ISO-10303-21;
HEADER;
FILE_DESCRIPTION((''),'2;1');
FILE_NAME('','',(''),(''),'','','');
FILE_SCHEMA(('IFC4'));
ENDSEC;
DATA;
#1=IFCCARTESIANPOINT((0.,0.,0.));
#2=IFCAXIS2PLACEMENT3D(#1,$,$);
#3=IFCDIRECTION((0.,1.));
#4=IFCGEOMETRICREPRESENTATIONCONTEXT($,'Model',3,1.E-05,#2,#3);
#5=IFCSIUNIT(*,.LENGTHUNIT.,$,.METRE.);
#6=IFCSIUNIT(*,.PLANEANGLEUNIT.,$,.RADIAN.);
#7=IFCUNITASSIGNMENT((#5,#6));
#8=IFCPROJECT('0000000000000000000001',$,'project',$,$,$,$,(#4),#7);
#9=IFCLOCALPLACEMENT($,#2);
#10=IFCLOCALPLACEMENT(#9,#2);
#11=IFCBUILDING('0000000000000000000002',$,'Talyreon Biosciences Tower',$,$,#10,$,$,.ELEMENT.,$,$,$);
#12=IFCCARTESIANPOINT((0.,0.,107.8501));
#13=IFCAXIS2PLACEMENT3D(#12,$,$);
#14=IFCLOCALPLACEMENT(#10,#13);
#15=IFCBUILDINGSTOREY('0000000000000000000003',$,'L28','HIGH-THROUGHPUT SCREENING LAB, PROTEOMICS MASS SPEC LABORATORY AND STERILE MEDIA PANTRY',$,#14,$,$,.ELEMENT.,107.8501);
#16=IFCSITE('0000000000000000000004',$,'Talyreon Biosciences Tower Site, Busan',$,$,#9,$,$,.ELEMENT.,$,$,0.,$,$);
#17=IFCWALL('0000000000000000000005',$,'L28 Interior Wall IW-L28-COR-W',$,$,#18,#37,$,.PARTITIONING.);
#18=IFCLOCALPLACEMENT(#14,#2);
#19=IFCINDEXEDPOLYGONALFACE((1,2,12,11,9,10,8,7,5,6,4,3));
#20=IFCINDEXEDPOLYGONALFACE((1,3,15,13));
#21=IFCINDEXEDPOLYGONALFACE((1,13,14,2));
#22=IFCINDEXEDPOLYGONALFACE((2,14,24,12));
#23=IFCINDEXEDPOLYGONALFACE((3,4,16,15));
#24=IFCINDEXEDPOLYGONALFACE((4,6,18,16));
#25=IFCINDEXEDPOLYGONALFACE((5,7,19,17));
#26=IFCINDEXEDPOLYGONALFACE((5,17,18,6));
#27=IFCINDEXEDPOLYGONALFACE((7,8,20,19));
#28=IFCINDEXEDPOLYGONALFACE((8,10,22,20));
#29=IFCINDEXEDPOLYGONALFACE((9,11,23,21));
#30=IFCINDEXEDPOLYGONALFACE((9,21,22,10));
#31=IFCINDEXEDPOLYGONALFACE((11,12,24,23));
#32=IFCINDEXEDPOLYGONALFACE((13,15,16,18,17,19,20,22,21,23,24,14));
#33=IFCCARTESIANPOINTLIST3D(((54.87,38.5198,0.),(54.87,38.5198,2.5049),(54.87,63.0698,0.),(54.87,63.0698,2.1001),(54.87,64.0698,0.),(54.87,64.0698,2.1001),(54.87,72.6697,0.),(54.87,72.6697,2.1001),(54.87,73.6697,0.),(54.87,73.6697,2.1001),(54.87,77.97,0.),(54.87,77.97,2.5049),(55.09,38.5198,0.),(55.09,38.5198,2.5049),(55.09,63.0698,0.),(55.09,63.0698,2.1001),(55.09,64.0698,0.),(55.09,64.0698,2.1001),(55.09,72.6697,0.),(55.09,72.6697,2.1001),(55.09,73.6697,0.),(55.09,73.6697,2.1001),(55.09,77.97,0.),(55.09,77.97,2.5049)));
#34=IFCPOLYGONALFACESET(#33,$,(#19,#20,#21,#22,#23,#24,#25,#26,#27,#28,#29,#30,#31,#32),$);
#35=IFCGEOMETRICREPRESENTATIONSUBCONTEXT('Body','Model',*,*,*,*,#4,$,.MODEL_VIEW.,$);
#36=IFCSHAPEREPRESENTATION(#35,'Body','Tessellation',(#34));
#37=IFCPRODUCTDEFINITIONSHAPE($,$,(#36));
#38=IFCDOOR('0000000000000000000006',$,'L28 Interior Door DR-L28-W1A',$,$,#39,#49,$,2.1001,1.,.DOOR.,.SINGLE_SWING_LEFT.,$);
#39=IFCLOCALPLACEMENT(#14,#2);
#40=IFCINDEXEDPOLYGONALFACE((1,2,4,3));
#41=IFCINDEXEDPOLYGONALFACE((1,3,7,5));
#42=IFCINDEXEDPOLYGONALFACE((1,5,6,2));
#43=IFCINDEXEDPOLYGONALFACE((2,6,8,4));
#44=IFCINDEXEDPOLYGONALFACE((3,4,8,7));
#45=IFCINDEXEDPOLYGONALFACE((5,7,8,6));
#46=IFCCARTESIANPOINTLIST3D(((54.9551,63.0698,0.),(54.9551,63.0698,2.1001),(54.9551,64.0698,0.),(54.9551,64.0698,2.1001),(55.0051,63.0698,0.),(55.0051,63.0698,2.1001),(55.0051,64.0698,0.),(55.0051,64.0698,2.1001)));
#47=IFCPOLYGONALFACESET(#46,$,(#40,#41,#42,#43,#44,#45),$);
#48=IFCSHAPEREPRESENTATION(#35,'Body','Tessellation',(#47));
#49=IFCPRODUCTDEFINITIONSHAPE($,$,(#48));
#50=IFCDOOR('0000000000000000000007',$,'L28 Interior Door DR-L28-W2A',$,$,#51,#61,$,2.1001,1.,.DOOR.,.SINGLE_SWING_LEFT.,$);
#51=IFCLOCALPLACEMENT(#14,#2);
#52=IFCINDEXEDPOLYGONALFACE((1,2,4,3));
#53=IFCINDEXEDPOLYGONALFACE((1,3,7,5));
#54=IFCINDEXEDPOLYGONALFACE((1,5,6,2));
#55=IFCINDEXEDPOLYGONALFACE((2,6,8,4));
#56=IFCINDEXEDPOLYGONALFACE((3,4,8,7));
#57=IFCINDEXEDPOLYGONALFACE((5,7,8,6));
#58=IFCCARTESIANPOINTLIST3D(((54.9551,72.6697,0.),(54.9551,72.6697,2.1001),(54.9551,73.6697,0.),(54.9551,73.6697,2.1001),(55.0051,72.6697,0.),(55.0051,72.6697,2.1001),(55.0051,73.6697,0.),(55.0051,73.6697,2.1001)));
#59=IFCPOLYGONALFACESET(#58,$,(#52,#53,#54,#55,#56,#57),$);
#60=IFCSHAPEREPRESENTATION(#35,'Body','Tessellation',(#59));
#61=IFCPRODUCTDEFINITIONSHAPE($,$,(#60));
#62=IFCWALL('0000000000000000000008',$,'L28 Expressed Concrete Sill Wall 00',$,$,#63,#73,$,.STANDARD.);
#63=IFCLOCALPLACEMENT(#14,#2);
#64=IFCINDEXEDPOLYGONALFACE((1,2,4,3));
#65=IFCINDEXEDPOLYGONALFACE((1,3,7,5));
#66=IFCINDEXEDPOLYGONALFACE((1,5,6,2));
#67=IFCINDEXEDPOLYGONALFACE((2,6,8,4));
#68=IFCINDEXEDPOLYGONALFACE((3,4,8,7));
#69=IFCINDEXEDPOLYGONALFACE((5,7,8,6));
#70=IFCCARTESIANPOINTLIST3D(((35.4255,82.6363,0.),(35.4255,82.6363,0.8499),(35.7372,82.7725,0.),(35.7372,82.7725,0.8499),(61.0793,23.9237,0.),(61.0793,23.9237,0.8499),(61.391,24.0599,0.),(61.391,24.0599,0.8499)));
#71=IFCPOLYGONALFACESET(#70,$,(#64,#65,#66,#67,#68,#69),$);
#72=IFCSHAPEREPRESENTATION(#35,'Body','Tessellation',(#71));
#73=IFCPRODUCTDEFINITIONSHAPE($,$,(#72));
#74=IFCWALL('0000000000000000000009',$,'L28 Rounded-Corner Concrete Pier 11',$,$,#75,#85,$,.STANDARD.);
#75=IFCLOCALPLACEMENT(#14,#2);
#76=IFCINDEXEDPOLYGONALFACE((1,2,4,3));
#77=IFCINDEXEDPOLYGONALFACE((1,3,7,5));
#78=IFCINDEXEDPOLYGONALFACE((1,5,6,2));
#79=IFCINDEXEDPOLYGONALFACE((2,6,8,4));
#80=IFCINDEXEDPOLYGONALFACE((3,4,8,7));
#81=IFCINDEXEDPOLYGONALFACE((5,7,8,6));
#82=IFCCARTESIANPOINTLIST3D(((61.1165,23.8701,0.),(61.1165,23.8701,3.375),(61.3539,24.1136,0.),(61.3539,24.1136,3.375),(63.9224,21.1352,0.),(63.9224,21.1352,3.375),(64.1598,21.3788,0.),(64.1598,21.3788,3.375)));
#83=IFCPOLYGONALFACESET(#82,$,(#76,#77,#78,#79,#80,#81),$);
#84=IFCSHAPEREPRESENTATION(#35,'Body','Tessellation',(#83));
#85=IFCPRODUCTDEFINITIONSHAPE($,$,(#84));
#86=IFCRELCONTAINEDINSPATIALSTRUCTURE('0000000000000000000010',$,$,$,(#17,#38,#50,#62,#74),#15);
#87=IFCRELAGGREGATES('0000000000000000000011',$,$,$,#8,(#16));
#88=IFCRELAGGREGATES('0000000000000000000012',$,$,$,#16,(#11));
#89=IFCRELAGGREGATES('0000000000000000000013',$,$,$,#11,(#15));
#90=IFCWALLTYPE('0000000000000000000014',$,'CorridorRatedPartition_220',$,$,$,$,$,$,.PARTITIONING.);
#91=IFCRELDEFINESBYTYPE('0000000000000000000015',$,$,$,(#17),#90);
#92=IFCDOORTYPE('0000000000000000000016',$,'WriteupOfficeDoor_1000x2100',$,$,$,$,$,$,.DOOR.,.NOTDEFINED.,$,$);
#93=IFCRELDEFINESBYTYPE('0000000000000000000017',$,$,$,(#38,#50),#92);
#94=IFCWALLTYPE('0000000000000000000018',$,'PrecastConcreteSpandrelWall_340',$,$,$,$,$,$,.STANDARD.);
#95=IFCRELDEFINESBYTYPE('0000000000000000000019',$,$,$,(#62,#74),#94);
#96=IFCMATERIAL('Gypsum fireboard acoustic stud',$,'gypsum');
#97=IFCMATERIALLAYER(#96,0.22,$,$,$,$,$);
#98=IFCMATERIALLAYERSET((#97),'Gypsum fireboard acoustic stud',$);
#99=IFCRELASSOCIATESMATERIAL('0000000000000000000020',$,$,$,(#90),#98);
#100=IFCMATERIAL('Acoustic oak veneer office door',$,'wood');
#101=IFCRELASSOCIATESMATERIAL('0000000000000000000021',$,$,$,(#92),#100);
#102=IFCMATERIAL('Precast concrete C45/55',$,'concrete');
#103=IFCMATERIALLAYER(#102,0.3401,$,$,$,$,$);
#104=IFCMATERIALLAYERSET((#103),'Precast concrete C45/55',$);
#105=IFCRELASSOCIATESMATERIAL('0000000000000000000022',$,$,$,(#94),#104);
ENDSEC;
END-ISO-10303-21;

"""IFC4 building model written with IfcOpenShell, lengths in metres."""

from ifc_helpers import new_model, si_unit, direction, frame, frame_2d, origin, place, context, subcontext, project, spatial, rectangle, extrude, material, layer, layer_set, type_object, element, fill, save


model = new_model("IFC4")

# Units and contexts
model_context = context("Model", 3, precision=1e-05, world=origin(), true_north=direction((0.0, 1.0)))
body_context = subcontext(model_context, "Body", "Model", "MODEL_VIEW")
ifc_project = project(units=[si_unit("LENGTHUNIT", "METRE"), si_unit("PLANEANGLEUNIT", "RADIAN")], contexts=[model_context])

# Site, building, storey
site_placement = place(None, origin())
site = spatial("IfcSite", under=ifc_project, at=site_placement, Name="Talyreon Biosciences Tower Site, Busan", CompositionType="ELEMENT", RefElevation=0.0)
building_placement = place(site_placement, origin())
building = spatial("IfcBuilding", under=site, at=building_placement, Name="Talyreon Biosciences Tower", CompositionType="ELEMENT")
storey_placement = place(building_placement, frame((0.0, 0.0, 107.8501)))
storey = spatial("IfcBuildingStorey", under=building, at=storey_placement, Name="L28", Description="HIGH-THROUGHPUT SCREENING LAB, PROTEOMICS MASS SPEC LABORATORY AND STERILE MEDIA PANTRY", CompositionType="ELEMENT", Elevation=107.8501)

# Shared definitions
ifc_material_1 = material(Name="Precast concrete C45/55", Category="concrete")

# Shared definitions
ifc_material_2 = material(Name="Gypsum fireboard acoustic stud", Category="gypsum")

# Wall, openings, doors
ifc_layer_1 = layer(ifc_material_2, 0.22)
ifc_layer_set_1 = layer_set([ifc_layer_1], Name="Gypsum fireboard acoustic stud")
wall_type_1 = type_object("IfcWallType", Name="CorridorRatedPartition_220", PredefinedType="PARTITIONING", material=ifc_layer_set_1)
wall_1_placement = place(storey_placement, frame((54.98, 38.5198, 0.0), z_axis=(0.0, 0.0, 1.0), x_axis=(0.0, 1.0, 0.0)))
wall_1 = element("IfcWall", 1, at=wall_1_placement, inside=storey, type_object=wall_type_1, Name="L28 Interior Wall IW-L28-COR-W", PredefinedType="PARTITIONING", context=body_context, shape_type="SweptSolid", body=[
    extrude(rectangle(XDim=39.4502, YDim=0.22, at=frame_2d((19.7251, 0.0))), origin(), (0.0, 0.0, 1.0), 2.5049),
])
opening_1_placement = place(wall_1_placement, frame((24.55, 0.0, 0.0)))
opening_1 = element("IfcOpeningElement", 2, at=opening_1_placement, cuts=wall_1, PredefinedType="OPENING", context=body_context, shape_type="SweptSolid", body=[
    extrude(rectangle(XDim=1.0, YDim=2.1001, at=frame_2d((0.5, 1.05))), frame((0.0, 0.1199, 0.0), z_axis=(0.0, -1.0, 0.0), x_axis=(1.0, 0.0, 0.0)), (0.0, 0.0, 1.0), 0.24),
])
opening_2_placement = place(wall_1_placement, frame((34.1499, 0.0, 0.0)))
opening_2 = element("IfcOpeningElement", 3, at=opening_2_placement, cuts=wall_1, PredefinedType="OPENING", context=body_context, shape_type="SweptSolid", body=[
    extrude(rectangle(XDim=1.0, YDim=2.1001, at=frame_2d((0.5, 1.05))), frame((0.0, 0.1199, 0.0), z_axis=(0.0, -1.0, 0.0), x_axis=(1.0, 0.0, 0.0)), (0.0, 0.0, 1.0), 0.24),
])
ifc_material_3 = material(Name="Acoustic oak veneer office door", Category="wood")
door_type = type_object("IfcDoorType", Name="WriteupOfficeDoor_1000x2100", OperationType="NOTDEFINED", PredefinedType="DOOR", material=ifc_material_3)
door_1_placement = place(opening_1_placement, origin())
door_1 = element("IfcDoor", 4, at=door_1_placement, inside=storey, type_object=door_type, Name="L28 Interior Door DR-L28-W1A", OperationType="SINGLE_SWING_LEFT", OverallHeight=2.1001, OverallWidth=1.0, PredefinedType="DOOR", context=body_context, shape_type="SweptSolid", body=[
    extrude(rectangle(XDim=1.0, YDim=2.1001, at=frame_2d((0.5, 1.05))), frame((0.0, 0.0249, 0.0), z_axis=(0.0, -1.0, 0.0), x_axis=(1.0, 0.0, 0.0)), (0.0, 0.0, 1.0), 0.05),
])
fill(opening_1, door_1)
door_2_placement = place(opening_2_placement, origin())
door_2 = element("IfcDoor", 5, at=door_2_placement, inside=storey, type_object=door_type, Name="L28 Interior Door DR-L28-W2A", OperationType="SINGLE_SWING_LEFT", OverallHeight=2.1001, OverallWidth=1.0, PredefinedType="DOOR", context=body_context, shape_type="SweptSolid", body=[
    extrude(rectangle(XDim=1.0, YDim=2.1001, at=frame_2d((0.5, 1.05))), frame((0.0, 0.0249, 0.0), z_axis=(0.0, -1.0, 0.0), x_axis=(1.0, 0.0, 0.0)), (0.0, 0.0, 1.0), 0.05),
])
fill(opening_2, door_2)

# Walls
ifc_layer_2 = layer(ifc_material_1, 0.3401)
ifc_layer_set_2 = layer_set([ifc_layer_2], Name="Precast concrete C45/55")
wall_type_2 = type_object("IfcWallType", Name="PrecastConcreteSpandrelWall_340", PredefinedType="STANDARD", material=ifc_layer_set_2)
wall_2_placement = place(storey_placement, frame((61.2351, 23.9919, 0.0), z_axis=(0.0, 0.0, 1.0), x_axis=(-0.400387, 0.916346, 0.0)))
element("IfcWall", 6, at=wall_2_placement, inside=storey, type_object=wall_type_2, Name="L28 Expressed Concrete Sill Wall 00", PredefinedType="STANDARD", context=body_context, shape_type="SweptSolid", body=[
    extrude(rectangle(XDim=64.0725, YDim=0.3401, at=frame_2d((32.0361, 0.0))), origin(), (0.0, 0.0, 1.0), 0.8499),
])
wall_3_placement = place(storey_placement, frame((64.041, 21.2571, 0.0), z_axis=(0.0, 0.0, 1.0), x_axis=(-0.716115, 0.697983, 0.0)))
element("IfcWall", 7, at=wall_3_placement, inside=storey, type_object=wall_type_2, Name="L28 Rounded-Corner Concrete Pier 11", PredefinedType="STANDARD", context=body_context, shape_type="SweptSolid", body=[
    extrude(rectangle(XDim=3.9182, YDim=0.3401, at=frame_2d((1.959, 0.0))), origin(), (0.0, 0.0, 1.0), 3.375),
])

save(model, "model.ifc")
